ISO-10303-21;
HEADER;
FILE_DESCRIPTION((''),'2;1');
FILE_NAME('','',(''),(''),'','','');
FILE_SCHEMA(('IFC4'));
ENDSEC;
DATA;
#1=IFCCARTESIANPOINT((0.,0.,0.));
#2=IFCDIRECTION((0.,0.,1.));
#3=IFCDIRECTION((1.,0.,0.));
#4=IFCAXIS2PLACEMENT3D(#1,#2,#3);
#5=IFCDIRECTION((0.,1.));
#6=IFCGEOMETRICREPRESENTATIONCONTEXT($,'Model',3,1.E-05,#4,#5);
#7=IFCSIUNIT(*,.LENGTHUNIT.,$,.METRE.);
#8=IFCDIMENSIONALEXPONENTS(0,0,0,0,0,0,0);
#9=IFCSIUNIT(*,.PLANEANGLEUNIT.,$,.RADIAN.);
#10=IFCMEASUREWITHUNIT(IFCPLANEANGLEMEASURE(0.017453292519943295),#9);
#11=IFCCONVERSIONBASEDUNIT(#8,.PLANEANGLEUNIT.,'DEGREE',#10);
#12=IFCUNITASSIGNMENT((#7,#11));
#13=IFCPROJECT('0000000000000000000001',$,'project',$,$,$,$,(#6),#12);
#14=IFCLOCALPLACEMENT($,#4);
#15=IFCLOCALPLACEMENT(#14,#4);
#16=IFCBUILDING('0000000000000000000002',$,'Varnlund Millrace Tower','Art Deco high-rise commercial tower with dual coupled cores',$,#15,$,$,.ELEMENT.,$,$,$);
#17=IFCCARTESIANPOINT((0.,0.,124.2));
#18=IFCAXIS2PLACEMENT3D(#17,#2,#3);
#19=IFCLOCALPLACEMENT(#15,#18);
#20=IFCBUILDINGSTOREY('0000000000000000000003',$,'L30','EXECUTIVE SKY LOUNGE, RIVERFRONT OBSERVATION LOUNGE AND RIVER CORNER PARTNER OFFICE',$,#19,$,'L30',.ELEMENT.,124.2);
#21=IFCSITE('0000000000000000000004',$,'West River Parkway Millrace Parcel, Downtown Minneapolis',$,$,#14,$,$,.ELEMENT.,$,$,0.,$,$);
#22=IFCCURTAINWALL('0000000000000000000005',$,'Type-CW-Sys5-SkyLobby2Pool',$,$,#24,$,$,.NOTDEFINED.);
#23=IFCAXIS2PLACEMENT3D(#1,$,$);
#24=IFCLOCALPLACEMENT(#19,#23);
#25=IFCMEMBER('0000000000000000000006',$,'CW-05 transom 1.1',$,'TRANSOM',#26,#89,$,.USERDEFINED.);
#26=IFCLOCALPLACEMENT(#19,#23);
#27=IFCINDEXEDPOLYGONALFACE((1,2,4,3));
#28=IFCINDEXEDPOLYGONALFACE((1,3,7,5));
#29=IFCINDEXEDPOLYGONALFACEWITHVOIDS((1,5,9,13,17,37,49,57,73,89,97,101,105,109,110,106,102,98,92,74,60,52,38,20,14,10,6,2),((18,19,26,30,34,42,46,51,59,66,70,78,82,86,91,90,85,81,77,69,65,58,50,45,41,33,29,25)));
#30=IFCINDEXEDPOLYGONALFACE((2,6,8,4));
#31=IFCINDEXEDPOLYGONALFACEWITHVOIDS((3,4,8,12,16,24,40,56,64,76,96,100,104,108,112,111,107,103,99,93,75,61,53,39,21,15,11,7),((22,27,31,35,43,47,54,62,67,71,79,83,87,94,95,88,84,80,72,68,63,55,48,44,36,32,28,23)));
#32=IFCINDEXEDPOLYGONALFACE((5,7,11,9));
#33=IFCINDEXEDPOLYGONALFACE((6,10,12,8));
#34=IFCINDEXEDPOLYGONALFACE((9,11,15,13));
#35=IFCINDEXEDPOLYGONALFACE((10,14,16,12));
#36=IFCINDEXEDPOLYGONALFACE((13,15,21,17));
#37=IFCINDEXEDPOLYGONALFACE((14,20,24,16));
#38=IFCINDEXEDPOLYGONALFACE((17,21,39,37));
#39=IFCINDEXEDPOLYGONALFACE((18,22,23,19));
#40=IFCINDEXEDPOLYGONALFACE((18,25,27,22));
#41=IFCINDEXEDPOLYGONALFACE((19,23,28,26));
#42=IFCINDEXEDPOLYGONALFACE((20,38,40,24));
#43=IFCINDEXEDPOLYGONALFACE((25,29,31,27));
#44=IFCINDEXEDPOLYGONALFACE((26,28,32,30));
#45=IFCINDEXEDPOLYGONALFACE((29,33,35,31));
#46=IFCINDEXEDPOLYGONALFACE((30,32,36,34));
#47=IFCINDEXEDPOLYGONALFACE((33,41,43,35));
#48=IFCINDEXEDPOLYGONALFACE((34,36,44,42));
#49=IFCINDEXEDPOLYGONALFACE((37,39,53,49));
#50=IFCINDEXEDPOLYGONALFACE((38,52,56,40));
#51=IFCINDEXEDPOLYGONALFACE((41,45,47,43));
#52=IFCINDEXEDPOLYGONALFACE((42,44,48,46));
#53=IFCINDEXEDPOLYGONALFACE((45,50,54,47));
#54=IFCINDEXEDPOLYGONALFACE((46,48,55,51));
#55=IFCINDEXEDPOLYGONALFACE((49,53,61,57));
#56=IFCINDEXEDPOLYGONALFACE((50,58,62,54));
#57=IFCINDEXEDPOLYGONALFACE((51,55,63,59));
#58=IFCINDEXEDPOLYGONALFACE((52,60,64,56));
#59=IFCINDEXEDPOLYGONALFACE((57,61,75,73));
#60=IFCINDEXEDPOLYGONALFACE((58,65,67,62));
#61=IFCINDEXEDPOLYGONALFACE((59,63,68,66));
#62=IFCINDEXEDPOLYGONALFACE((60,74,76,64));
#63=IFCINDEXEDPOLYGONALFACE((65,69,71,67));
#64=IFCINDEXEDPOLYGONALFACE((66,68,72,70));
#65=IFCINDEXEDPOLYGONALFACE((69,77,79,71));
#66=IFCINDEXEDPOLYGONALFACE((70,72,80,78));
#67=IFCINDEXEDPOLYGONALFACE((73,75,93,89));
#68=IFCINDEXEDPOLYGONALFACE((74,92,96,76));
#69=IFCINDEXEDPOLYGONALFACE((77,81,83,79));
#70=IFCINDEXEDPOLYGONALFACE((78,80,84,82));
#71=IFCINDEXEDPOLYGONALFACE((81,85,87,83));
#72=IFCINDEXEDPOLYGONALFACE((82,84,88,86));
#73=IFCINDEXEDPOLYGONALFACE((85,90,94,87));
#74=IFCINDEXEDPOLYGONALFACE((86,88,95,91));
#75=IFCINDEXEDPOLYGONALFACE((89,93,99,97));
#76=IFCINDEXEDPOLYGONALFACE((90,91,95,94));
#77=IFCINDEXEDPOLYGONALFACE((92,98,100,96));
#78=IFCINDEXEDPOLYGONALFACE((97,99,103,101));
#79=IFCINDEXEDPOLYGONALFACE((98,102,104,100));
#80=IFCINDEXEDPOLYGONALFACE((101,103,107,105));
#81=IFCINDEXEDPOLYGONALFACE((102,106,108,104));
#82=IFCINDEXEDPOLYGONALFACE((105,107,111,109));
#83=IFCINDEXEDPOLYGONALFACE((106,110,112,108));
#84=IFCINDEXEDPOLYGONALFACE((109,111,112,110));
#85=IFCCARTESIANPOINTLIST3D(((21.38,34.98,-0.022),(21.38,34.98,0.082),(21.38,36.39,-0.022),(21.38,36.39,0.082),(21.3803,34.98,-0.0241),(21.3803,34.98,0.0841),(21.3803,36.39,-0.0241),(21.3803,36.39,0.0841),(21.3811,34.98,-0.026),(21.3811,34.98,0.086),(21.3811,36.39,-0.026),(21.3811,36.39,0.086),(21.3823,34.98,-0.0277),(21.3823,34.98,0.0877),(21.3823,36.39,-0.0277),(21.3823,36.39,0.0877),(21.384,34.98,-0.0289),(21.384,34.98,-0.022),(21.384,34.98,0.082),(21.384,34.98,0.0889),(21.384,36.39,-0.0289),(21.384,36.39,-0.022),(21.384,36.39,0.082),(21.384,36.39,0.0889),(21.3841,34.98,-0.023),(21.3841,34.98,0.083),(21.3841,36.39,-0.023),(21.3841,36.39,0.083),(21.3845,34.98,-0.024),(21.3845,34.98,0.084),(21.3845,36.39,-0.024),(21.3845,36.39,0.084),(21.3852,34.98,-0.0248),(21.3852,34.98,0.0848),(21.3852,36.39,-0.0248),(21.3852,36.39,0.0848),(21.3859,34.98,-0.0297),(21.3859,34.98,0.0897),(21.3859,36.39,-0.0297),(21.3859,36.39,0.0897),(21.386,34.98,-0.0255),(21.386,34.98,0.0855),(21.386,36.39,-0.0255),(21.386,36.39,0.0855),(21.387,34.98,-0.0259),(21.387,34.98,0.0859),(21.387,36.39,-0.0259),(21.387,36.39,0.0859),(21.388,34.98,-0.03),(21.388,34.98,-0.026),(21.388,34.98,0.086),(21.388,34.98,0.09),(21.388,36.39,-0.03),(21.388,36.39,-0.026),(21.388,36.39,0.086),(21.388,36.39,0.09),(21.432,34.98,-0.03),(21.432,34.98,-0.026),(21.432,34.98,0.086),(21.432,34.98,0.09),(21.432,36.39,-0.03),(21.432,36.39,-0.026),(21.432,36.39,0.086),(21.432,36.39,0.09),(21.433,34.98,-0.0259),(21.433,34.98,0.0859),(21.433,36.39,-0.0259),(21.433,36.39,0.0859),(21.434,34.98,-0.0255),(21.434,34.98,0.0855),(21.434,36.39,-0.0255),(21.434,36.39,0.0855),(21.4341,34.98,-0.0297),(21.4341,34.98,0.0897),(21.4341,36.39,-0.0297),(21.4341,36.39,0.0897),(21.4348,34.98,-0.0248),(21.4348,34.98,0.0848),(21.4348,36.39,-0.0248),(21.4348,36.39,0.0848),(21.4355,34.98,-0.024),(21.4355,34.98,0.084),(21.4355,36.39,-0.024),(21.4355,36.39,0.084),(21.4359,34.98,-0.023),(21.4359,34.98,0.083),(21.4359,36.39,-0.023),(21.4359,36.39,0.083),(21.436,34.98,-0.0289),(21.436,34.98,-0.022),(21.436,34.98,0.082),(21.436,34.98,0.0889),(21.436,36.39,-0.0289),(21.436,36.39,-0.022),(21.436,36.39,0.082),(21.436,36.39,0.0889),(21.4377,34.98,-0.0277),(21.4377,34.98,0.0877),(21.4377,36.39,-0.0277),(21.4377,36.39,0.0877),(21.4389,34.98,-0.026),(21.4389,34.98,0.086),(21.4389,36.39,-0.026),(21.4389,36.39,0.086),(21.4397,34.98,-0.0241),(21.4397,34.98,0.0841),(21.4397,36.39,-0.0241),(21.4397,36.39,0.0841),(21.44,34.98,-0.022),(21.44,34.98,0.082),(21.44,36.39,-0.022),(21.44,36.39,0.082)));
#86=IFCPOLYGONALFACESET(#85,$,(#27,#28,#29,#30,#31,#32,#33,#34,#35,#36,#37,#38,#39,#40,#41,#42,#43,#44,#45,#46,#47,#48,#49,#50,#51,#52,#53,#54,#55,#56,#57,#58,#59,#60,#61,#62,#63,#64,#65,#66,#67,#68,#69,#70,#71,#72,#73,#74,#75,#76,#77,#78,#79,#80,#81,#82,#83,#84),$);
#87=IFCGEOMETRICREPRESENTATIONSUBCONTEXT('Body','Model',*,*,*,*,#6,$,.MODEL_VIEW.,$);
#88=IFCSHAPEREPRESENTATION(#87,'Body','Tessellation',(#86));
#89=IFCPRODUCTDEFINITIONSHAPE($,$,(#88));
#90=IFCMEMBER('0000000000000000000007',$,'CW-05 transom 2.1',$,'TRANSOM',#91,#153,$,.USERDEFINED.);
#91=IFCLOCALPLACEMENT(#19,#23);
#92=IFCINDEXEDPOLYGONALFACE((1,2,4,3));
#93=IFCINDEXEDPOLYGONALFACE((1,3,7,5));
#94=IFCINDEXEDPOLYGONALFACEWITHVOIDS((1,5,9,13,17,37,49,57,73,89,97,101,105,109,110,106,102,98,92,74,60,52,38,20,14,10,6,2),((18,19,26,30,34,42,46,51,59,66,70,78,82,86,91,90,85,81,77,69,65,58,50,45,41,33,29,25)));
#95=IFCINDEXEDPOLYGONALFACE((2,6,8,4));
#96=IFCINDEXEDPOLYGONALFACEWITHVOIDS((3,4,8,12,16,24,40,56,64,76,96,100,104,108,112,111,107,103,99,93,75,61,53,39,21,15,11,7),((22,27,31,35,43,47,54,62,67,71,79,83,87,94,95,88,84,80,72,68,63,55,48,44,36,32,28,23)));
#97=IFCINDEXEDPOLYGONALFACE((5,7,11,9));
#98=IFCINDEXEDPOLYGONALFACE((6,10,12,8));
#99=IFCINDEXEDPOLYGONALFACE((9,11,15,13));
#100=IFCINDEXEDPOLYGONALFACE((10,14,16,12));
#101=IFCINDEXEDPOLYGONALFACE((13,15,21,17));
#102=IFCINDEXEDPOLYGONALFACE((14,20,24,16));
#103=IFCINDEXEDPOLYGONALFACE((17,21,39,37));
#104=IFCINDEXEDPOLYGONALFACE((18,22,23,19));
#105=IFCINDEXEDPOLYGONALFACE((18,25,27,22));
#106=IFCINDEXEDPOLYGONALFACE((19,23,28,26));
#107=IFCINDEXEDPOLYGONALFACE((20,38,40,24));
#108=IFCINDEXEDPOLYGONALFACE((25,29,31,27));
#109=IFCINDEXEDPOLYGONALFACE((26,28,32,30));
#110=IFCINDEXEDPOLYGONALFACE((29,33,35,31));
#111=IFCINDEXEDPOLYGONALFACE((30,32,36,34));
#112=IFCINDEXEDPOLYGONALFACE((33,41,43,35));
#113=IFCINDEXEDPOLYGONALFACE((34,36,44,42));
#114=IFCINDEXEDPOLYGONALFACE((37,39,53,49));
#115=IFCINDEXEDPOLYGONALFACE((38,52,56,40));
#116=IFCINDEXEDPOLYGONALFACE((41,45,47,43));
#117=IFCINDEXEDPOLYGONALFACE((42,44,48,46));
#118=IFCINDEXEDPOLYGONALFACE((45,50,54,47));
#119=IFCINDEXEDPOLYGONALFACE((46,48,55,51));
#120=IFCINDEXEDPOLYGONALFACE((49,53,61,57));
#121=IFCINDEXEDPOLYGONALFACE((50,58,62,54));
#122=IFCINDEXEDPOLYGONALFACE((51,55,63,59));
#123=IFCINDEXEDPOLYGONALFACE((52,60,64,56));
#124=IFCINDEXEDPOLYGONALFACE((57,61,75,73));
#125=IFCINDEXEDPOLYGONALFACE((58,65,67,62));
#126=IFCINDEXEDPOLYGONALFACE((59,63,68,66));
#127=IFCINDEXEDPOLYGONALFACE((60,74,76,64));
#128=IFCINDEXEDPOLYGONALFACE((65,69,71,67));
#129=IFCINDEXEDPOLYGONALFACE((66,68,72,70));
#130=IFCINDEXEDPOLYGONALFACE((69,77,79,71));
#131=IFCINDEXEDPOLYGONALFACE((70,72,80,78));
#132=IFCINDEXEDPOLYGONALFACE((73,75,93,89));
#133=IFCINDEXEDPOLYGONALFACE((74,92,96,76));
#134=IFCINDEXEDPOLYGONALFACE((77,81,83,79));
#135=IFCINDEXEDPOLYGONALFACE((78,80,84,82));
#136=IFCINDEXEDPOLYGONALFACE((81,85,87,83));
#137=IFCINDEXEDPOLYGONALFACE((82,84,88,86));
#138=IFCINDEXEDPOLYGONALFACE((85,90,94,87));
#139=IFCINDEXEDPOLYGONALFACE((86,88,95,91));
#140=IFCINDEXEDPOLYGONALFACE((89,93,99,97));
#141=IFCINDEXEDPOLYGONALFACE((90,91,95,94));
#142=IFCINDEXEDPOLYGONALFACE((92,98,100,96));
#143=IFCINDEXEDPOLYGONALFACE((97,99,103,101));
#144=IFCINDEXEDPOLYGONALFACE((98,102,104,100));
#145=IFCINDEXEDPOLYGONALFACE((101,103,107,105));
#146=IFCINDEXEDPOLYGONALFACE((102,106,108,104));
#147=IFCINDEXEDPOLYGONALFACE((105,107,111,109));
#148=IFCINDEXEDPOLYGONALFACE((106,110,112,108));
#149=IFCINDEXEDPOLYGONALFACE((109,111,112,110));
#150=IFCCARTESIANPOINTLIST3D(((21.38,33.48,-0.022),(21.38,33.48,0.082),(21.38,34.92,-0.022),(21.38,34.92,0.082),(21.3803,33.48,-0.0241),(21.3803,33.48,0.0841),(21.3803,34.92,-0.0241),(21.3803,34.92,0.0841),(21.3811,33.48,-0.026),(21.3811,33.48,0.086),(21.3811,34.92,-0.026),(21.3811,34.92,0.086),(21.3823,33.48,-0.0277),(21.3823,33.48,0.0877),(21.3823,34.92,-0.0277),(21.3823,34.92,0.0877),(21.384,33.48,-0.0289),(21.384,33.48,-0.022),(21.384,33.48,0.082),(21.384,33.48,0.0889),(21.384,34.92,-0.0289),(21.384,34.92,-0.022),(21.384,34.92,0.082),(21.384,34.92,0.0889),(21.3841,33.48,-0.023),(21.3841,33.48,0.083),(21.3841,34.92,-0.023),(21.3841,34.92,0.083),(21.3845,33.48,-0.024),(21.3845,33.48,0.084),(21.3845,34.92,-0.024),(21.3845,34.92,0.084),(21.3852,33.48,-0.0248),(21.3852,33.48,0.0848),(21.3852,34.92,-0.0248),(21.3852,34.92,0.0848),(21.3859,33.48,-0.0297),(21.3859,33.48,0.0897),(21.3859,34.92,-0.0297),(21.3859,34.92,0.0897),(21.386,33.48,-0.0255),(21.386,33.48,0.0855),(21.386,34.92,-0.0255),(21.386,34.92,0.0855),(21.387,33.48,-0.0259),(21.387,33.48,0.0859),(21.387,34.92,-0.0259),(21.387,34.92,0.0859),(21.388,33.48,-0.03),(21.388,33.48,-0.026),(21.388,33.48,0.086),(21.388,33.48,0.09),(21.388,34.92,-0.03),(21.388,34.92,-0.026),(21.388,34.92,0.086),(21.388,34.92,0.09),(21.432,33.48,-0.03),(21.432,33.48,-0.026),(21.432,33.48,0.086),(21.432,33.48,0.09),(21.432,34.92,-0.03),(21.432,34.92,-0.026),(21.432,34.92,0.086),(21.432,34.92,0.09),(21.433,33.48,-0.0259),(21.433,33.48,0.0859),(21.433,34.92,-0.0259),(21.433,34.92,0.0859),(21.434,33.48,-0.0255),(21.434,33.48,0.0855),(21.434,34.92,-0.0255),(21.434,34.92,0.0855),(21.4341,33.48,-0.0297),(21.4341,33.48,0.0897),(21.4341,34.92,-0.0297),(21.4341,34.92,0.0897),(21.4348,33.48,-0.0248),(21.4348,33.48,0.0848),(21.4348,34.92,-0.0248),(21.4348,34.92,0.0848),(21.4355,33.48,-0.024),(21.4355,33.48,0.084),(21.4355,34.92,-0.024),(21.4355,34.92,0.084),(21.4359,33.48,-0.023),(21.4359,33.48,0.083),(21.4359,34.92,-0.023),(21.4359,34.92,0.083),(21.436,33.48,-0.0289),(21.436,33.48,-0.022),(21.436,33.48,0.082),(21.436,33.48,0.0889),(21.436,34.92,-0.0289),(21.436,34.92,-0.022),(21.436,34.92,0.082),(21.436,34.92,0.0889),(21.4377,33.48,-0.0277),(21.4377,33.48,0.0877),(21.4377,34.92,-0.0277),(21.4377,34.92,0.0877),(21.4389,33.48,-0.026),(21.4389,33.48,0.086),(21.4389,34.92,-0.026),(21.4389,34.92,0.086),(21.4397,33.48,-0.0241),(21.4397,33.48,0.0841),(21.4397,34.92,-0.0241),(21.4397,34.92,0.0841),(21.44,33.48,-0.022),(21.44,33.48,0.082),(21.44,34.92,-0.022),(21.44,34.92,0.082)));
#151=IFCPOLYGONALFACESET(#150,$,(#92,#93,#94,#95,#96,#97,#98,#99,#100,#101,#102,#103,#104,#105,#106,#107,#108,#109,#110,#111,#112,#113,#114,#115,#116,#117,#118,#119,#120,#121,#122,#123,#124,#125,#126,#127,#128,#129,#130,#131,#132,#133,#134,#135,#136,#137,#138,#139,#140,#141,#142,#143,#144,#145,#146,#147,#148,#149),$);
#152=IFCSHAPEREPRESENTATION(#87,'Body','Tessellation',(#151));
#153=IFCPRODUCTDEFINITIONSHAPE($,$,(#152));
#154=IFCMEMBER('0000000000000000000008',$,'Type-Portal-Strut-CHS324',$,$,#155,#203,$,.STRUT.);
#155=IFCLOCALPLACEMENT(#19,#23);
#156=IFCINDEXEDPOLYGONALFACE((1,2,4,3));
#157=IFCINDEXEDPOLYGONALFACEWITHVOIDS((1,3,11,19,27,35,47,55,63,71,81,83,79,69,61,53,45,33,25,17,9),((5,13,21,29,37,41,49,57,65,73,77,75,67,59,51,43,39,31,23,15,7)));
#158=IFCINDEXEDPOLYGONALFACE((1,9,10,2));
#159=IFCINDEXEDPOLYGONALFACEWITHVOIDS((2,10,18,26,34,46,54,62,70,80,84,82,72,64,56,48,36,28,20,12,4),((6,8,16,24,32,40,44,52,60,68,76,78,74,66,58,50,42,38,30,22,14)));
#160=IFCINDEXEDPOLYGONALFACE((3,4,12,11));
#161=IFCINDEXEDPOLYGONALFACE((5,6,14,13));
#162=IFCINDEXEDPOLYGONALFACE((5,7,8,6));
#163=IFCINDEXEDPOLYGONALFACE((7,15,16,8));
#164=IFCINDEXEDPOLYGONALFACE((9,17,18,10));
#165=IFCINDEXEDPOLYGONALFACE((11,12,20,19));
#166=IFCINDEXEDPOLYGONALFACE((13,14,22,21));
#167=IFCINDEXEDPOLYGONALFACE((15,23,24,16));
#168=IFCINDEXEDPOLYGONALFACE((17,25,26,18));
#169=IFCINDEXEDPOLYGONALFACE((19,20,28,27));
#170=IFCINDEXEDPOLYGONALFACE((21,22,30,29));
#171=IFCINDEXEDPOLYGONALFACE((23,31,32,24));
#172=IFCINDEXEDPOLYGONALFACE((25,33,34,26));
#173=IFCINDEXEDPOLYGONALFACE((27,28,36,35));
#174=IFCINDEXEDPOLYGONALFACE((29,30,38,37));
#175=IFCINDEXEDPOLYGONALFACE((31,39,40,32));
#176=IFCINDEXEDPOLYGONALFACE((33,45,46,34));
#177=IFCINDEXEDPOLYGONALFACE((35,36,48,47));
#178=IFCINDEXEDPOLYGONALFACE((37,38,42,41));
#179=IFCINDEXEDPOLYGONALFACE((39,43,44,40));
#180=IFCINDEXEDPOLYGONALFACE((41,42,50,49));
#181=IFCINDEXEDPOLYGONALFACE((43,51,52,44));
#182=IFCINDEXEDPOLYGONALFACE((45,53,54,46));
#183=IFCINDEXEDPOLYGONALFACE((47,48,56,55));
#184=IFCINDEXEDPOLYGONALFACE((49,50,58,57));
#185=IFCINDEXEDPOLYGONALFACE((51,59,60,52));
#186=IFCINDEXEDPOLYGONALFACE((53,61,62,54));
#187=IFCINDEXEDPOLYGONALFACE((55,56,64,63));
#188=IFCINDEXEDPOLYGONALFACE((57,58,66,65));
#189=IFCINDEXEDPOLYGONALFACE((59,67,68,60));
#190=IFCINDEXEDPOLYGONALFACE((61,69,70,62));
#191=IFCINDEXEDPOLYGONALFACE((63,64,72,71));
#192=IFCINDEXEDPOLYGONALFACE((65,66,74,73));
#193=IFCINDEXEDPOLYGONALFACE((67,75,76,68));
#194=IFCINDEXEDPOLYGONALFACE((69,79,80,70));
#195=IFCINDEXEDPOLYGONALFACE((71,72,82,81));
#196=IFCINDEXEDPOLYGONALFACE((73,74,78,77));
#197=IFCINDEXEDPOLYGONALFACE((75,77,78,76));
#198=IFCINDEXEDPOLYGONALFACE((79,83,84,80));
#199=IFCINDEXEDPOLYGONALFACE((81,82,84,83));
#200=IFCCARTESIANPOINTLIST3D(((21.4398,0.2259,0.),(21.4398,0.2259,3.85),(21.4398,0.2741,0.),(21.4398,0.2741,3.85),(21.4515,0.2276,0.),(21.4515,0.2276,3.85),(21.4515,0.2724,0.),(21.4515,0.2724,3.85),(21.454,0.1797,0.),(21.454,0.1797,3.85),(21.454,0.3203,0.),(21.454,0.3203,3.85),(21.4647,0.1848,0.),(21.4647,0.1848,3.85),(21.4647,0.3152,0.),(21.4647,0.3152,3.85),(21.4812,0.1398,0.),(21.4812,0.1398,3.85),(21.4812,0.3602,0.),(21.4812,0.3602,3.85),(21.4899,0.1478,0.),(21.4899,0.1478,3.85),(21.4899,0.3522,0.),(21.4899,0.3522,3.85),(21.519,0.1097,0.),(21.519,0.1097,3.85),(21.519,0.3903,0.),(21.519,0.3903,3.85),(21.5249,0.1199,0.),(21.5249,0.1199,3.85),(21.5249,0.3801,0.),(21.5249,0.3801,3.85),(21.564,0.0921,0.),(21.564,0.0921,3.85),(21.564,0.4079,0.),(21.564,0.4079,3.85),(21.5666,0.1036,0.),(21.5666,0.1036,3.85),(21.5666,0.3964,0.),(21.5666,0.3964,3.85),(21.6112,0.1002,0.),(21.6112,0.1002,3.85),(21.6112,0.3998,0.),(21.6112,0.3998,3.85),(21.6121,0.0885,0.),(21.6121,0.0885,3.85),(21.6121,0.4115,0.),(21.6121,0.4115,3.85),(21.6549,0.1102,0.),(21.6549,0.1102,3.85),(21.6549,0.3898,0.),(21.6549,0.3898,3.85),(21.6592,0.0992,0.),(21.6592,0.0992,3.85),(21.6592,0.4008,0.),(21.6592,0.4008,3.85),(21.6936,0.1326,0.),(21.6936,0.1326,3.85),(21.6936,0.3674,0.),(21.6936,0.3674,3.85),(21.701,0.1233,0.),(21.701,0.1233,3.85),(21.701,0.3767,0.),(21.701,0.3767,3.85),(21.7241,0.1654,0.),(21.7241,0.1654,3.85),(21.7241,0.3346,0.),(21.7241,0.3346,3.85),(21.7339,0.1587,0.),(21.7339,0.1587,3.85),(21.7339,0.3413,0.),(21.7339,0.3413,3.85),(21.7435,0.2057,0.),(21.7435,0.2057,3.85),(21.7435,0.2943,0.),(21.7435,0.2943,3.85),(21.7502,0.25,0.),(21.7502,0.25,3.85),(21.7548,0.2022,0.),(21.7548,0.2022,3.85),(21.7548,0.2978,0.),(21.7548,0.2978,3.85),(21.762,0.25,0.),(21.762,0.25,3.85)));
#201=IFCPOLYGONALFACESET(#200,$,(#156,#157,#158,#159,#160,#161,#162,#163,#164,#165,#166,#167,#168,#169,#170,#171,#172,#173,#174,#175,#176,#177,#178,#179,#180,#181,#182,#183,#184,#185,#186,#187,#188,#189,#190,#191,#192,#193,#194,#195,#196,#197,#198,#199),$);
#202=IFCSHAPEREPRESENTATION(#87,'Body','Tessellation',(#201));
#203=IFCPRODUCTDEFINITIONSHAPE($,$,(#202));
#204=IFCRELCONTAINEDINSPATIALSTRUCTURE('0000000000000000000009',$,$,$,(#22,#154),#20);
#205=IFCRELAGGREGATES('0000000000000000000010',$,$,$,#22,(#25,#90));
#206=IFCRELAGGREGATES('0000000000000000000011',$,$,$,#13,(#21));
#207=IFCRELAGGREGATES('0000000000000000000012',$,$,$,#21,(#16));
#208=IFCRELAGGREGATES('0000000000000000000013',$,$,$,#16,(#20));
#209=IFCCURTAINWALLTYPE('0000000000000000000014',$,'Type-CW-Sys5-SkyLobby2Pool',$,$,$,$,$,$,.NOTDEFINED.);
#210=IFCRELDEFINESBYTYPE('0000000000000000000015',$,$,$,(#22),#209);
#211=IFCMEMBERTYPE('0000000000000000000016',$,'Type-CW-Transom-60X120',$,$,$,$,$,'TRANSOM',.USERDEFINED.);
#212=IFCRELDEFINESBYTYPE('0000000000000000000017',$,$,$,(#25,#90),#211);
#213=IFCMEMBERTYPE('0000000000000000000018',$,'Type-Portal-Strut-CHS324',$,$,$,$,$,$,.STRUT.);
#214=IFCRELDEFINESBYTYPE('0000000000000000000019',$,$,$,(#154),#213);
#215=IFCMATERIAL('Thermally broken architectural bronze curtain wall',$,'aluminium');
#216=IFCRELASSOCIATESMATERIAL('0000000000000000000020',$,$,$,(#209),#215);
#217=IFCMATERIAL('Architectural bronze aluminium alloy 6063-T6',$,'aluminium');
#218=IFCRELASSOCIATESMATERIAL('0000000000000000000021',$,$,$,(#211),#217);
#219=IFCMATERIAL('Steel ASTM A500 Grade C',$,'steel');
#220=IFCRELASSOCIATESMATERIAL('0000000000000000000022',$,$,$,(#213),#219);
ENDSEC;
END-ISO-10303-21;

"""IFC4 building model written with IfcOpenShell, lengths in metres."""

from ifc_helpers import new_model, entity, si_unit, converted_unit, direction, frame, origin_with_axes, origin_2d_with_axis, place, context, subcontext, project, spatial, hollow_rectangle, hollow_circle, extrude, material, material_profile, profile_set, type_object, element, aggregate, save


model = new_model("IFC4")

# Units and contexts
model_context = context("Model", 3, precision=1e-05, world=origin_with_axes(), true_north=direction((0.0, 1.0)))
body_context = subcontext(model_context, "Body", "Model", "MODEL_VIEW")
ifc_project = project(units=[si_unit("LENGTHUNIT", "METRE"), converted_unit("PLANEANGLEUNIT", "DEGREE", entity("IfcPlaneAngleMeasure", 0.017453292519943295), si_unit("PLANEANGLEUNIT", "RADIAN"), dimensions=[0, 0, 0, 0, 0, 0, 0])], contexts=[model_context])

# Site, building, storey
site_placement = place(None, origin_with_axes())
site = spatial("IfcSite", under=ifc_project, at=site_placement, Name="West River Parkway Millrace Parcel, Downtown Minneapolis", CompositionType="ELEMENT", RefElevation=0.0)
building_placement = place(site_placement, origin_with_axes())
building = spatial("IfcBuilding", under=site, at=building_placement, Name="Varnlund Millrace Tower", Description="Art Deco high-rise commercial tower with dual coupled cores", CompositionType="ELEMENT")
storey_placement = place(building_placement, frame((0.0, 0.0, 124.2), z_axis=(0.0, 0.0, 1.0), x_axis=(1.0, 0.0, 0.0)))
storey = spatial("IfcBuildingStorey", under=building, at=storey_placement, Name="L30", Description="EXECUTIVE SKY LOUNGE, RIVERFRONT OBSERVATION LOUNGE AND RIVER CORNER PARTNER OFFICE", LongName="L30", CompositionType="ELEMENT", Elevation=124.2)

# Curtain wall, members
ifc_material_1 = material(Name="Thermally broken architectural bronze curtain wall", Category="aluminium")
curtain_wall_type = type_object("IfcCurtainWallType", Name="Type-CW-Sys5-SkyLobby2Pool", PredefinedType="NOTDEFINED", material=ifc_material_1)
curtain_wall_placement = place(storey_placement, frame((21.41, 36.45, 0.0), z_axis=(0.0, 0.0, 1.0), x_axis=(1.0, 0.0, 0.0)))
curtain_wall = element("IfcCurtainWall", 1, at=curtain_wall_placement, inside=storey, type_object=curtain_wall_type, Name="Type-CW-Sys5-SkyLobby2Pool", PredefinedType="NOTDEFINED")
ifc_material_2 = material(Name="Architectural bronze aluminium alloy 6063-T6", Category="aluminium")
ifc_material_profile_1 = material_profile(ifc_material_2, hollow_rectangle(XDim=0.06, YDim=0.12, WallThickness=0.004, InnerFilletRadius=0.004, OuterFilletRadius=0.008, at=origin_2d_with_axis()), Name="Architectural bronze aluminium alloy 6063-T6")
ifc_profile_set_1 = profile_set([ifc_material_profile_1], Name="Architectural bronze aluminium alloy 6063-T6")
member_type_1 = type_object("IfcMemberType", Name="Type-CW-Transom-60X120", ElementType="TRANSOM", PredefinedType="USERDEFINED", material=ifc_profile_set_1)
member_1_placement = place(storey_placement, frame((21.41, 36.39, 0.03), z_axis=(0.0, -1.0, 0.0), x_axis=(1.0, 0.0, 0.0)))
member_1 = element("IfcMember", 2, at=member_1_placement, type_object=member_type_1, Name="CW-05 transom 1.1", ObjectType="TRANSOM", PredefinedType="USERDEFINED", context=body_context, shape_type="SweptSolid", body=[
    extrude(hollow_rectangle(XDim=0.06, YDim=0.12, WallThickness=0.004, InnerFilletRadius=0.004, OuterFilletRadius=0.008, at=origin_2d_with_axis()), origin_with_axes(), (0.0, 0.0, 1.0), 1.41),
])
member_2_placement = place(storey_placement, frame((21.41, 34.92, 0.03), z_axis=(0.0, -1.0, 0.0), x_axis=(1.0, 0.0, 0.0)))
member_2 = element("IfcMember", 3, at=member_2_placement, type_object=member_type_1, Name="CW-05 transom 2.1", ObjectType="TRANSOM", PredefinedType="USERDEFINED", context=body_context, shape_type="SweptSolid", body=[
    extrude(hollow_rectangle(XDim=0.06, YDim=0.12, WallThickness=0.004, InnerFilletRadius=0.004, OuterFilletRadius=0.008, at=origin_2d_with_axis()), origin_with_axes(), (0.0, 0.0, 1.0), 1.44),
])
aggregate(curtain_wall, [member_1, member_2])

# Member
ifc_material_3 = material(Name="Steel ASTM A500 Grade C", Category="steel")
ifc_material_profile_2 = material_profile(ifc_material_3, hollow_circle(Radius=0.162, WallThickness=0.0118, at=origin_2d_with_axis()), Name="Steel ASTM A500 Grade C")
ifc_profile_set_2 = profile_set([ifc_material_profile_2], Name="Steel ASTM A500 Grade C")
member_type_2 = type_object("IfcMemberType", Name="Type-Portal-Strut-CHS324", PredefinedType="STRUT", material=ifc_profile_set_2)
for number, where, z_axis, x_axis, name in (
    (4, (21.6, 0.25, 0.0), (0.0, 0.0, 1.0), (1.0, 0.0, 0.0), "Type-Portal-Strut-CHS324"),
):
    element("IfcMember", number, at=place(storey_placement, frame(where, z_axis=z_axis, x_axis=x_axis)), inside=storey, type_object=member_type_2, Name=name, PredefinedType="STRUT", context=body_context, shape_type="SweptSolid", body=[
        extrude(hollow_circle(Radius=0.162, WallThickness=0.0118, at=origin_2d_with_axis()), origin_with_axes(), (0.0, 0.0, 1.0), 3.85),
    ])

save(model, "model.ifc")
